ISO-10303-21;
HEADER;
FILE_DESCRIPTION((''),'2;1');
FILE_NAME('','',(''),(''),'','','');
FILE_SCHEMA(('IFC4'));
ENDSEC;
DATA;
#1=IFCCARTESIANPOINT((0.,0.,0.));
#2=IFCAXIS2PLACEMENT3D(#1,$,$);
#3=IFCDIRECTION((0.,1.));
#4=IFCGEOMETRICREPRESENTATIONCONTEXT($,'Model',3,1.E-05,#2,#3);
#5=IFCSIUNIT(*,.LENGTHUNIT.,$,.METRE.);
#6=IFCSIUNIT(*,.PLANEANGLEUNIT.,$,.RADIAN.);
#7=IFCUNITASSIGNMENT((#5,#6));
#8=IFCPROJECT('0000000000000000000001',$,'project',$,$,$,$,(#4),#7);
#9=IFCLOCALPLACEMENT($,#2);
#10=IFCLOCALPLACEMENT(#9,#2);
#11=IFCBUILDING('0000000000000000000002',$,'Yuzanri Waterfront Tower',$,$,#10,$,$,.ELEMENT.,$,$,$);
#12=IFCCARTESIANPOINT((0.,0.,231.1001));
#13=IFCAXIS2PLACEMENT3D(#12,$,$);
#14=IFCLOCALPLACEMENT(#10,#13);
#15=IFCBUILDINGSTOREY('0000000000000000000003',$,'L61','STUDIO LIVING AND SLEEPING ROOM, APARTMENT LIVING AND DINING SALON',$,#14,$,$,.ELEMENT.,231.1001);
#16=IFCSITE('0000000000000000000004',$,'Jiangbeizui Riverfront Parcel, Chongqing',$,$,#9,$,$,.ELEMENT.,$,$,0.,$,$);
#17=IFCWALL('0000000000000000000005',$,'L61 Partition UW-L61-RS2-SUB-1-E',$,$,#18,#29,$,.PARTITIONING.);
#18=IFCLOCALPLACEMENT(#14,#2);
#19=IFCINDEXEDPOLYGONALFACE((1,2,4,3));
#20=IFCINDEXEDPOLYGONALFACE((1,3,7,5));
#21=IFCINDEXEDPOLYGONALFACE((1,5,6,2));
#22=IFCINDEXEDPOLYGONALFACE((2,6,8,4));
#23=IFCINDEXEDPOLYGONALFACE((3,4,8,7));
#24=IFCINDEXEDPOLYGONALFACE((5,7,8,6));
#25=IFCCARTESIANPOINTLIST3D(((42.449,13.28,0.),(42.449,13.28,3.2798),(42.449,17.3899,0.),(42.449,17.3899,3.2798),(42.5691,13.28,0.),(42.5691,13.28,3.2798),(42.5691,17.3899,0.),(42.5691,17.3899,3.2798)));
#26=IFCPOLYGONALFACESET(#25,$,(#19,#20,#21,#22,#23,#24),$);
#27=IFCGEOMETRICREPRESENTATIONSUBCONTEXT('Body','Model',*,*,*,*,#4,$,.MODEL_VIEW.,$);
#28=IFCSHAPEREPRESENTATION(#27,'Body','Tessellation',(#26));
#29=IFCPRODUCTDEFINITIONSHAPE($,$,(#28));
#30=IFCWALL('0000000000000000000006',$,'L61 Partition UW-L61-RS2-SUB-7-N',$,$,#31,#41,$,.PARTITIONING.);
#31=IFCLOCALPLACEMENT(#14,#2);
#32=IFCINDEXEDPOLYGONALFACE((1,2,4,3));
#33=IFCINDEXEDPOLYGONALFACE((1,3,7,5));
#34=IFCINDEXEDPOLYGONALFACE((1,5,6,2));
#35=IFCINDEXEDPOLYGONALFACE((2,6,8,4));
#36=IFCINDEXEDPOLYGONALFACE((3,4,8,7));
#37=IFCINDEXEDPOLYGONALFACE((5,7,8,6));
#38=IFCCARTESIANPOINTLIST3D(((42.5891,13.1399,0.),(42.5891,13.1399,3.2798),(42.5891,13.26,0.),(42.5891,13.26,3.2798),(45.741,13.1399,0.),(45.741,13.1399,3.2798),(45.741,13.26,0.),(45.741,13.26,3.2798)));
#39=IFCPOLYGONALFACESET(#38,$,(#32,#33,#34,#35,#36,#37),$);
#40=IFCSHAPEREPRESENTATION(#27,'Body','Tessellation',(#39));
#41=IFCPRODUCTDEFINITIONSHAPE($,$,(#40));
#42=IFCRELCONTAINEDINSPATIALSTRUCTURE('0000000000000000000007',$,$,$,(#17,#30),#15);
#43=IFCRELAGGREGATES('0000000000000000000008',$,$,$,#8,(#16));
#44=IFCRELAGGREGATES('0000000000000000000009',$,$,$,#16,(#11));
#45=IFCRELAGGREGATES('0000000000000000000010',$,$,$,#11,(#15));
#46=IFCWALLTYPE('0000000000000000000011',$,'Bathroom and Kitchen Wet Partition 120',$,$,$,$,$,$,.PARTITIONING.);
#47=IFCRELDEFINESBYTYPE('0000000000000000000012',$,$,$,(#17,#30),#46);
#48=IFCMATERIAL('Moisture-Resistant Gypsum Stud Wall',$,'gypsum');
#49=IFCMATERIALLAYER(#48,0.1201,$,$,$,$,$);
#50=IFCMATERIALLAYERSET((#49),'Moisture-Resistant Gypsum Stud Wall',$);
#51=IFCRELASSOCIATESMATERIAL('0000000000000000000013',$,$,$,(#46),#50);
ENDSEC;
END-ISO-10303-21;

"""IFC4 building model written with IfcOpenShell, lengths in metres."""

from ifc_helpers import new_model, si_unit, direction, frame, frame_2d, origin, place, context, subcontext, project, spatial, rectangle, extrude, source, transform, mapped, material, layer, layer_set, type_object, element, save


model = new_model("IFC4")

# Units and contexts
model_context = context("Model", 3, precision=1e-05, world=origin(), true_north=direction((0.0, 1.0)))
body_context = subcontext(model_context, "Body", "Model", "MODEL_VIEW")
ifc_project = project(units=[si_unit("LENGTHUNIT", "METRE"), si_unit("PLANEANGLEUNIT", "RADIAN")], contexts=[model_context])

# Site, building, storey
site_placement = place(None, origin())
site = spatial("IfcSite", under=ifc_project, at=site_placement, Name="Jiangbeizui Riverfront Parcel, Chongqing", CompositionType="ELEMENT", RefElevation=0.0)
building_placement = place(site_placement, origin())
building = spatial("IfcBuilding", under=site, at=building_placement, Name="Yuzanri Waterfront Tower", CompositionType="ELEMENT")
storey_placement = place(building_placement, frame((0.0, 0.0, 231.1001)))
storey = spatial("IfcBuildingStorey", under=building, at=storey_placement, Name="L61", Description="STUDIO LIVING AND SLEEPING ROOM, APARTMENT LIVING AND DINING SALON", CompositionType="ELEMENT", Elevation=231.1001)

# Shared definitions
ifc_material_1 = material(Name="Moisture-Resistant Gypsum Stud Wall", Category="gypsum")
ifc_layer_1 = layer(ifc_material_1, 0.1201)
ifc_layer_set_1 = layer_set([ifc_layer_1], Name="Moisture-Resistant Gypsum Stud Wall")
wall_type_1 = type_object("IfcWallType", Name="Bathroom and Kitchen Wet Partition 120", PredefinedType="PARTITIONING", material=ifc_layer_set_1)

# Walls
shared_shape_1 = source(origin(), body_context, "Body", "SweptSolid", [
    extrude(rectangle(XDim=4.1099, YDim=0.1201, at=frame_2d((2.0549, 0.0))), origin(), (0.0, 0.0, 1.0), 3.2798),
])
wall_1_placement = place(storey_placement, frame((42.509, 13.28, 0.0), z_axis=(0.0, 0.0, 1.0), x_axis=(0.0, 1.0, 0.0)))
element("IfcWall", 1, at=wall_1_placement, inside=storey, type_object=wall_type_1, Name="L61 Partition UW-L61-RS2-SUB-1-E", PredefinedType="PARTITIONING", context=body_context, shape_type="MappedRepresentation", body=[
    mapped(shared_shape_1, transform((0.0, 0.0, 0.0), scale=1.0)),
])
shared_shape_2 = source(origin(), body_context, "Body", "SweptSolid", [
    extrude(rectangle(XDim=3.1519, YDim=0.1201, at=frame_2d((1.5759, 0.0))), origin(), (0.0, 0.0, 1.0), 3.2798),
])
wall_2_placement = place(storey_placement, frame((42.5891, 13.2, 0.0), z_axis=(0.0, 0.0, 1.0), x_axis=(1.0, 0.0, 0.0)))
element("IfcWall", 2, at=wall_2_placement, inside=storey, type_object=wall_type_1, Name="L61 Partition UW-L61-RS2-SUB-7-N", PredefinedType="PARTITIONING", context=body_context, shape_type="MappedRepresentation", body=[
    mapped(shared_shape_2, transform((0.0, 0.0, 0.0), scale=1.0)),
])

save(model, "model.ifc")
